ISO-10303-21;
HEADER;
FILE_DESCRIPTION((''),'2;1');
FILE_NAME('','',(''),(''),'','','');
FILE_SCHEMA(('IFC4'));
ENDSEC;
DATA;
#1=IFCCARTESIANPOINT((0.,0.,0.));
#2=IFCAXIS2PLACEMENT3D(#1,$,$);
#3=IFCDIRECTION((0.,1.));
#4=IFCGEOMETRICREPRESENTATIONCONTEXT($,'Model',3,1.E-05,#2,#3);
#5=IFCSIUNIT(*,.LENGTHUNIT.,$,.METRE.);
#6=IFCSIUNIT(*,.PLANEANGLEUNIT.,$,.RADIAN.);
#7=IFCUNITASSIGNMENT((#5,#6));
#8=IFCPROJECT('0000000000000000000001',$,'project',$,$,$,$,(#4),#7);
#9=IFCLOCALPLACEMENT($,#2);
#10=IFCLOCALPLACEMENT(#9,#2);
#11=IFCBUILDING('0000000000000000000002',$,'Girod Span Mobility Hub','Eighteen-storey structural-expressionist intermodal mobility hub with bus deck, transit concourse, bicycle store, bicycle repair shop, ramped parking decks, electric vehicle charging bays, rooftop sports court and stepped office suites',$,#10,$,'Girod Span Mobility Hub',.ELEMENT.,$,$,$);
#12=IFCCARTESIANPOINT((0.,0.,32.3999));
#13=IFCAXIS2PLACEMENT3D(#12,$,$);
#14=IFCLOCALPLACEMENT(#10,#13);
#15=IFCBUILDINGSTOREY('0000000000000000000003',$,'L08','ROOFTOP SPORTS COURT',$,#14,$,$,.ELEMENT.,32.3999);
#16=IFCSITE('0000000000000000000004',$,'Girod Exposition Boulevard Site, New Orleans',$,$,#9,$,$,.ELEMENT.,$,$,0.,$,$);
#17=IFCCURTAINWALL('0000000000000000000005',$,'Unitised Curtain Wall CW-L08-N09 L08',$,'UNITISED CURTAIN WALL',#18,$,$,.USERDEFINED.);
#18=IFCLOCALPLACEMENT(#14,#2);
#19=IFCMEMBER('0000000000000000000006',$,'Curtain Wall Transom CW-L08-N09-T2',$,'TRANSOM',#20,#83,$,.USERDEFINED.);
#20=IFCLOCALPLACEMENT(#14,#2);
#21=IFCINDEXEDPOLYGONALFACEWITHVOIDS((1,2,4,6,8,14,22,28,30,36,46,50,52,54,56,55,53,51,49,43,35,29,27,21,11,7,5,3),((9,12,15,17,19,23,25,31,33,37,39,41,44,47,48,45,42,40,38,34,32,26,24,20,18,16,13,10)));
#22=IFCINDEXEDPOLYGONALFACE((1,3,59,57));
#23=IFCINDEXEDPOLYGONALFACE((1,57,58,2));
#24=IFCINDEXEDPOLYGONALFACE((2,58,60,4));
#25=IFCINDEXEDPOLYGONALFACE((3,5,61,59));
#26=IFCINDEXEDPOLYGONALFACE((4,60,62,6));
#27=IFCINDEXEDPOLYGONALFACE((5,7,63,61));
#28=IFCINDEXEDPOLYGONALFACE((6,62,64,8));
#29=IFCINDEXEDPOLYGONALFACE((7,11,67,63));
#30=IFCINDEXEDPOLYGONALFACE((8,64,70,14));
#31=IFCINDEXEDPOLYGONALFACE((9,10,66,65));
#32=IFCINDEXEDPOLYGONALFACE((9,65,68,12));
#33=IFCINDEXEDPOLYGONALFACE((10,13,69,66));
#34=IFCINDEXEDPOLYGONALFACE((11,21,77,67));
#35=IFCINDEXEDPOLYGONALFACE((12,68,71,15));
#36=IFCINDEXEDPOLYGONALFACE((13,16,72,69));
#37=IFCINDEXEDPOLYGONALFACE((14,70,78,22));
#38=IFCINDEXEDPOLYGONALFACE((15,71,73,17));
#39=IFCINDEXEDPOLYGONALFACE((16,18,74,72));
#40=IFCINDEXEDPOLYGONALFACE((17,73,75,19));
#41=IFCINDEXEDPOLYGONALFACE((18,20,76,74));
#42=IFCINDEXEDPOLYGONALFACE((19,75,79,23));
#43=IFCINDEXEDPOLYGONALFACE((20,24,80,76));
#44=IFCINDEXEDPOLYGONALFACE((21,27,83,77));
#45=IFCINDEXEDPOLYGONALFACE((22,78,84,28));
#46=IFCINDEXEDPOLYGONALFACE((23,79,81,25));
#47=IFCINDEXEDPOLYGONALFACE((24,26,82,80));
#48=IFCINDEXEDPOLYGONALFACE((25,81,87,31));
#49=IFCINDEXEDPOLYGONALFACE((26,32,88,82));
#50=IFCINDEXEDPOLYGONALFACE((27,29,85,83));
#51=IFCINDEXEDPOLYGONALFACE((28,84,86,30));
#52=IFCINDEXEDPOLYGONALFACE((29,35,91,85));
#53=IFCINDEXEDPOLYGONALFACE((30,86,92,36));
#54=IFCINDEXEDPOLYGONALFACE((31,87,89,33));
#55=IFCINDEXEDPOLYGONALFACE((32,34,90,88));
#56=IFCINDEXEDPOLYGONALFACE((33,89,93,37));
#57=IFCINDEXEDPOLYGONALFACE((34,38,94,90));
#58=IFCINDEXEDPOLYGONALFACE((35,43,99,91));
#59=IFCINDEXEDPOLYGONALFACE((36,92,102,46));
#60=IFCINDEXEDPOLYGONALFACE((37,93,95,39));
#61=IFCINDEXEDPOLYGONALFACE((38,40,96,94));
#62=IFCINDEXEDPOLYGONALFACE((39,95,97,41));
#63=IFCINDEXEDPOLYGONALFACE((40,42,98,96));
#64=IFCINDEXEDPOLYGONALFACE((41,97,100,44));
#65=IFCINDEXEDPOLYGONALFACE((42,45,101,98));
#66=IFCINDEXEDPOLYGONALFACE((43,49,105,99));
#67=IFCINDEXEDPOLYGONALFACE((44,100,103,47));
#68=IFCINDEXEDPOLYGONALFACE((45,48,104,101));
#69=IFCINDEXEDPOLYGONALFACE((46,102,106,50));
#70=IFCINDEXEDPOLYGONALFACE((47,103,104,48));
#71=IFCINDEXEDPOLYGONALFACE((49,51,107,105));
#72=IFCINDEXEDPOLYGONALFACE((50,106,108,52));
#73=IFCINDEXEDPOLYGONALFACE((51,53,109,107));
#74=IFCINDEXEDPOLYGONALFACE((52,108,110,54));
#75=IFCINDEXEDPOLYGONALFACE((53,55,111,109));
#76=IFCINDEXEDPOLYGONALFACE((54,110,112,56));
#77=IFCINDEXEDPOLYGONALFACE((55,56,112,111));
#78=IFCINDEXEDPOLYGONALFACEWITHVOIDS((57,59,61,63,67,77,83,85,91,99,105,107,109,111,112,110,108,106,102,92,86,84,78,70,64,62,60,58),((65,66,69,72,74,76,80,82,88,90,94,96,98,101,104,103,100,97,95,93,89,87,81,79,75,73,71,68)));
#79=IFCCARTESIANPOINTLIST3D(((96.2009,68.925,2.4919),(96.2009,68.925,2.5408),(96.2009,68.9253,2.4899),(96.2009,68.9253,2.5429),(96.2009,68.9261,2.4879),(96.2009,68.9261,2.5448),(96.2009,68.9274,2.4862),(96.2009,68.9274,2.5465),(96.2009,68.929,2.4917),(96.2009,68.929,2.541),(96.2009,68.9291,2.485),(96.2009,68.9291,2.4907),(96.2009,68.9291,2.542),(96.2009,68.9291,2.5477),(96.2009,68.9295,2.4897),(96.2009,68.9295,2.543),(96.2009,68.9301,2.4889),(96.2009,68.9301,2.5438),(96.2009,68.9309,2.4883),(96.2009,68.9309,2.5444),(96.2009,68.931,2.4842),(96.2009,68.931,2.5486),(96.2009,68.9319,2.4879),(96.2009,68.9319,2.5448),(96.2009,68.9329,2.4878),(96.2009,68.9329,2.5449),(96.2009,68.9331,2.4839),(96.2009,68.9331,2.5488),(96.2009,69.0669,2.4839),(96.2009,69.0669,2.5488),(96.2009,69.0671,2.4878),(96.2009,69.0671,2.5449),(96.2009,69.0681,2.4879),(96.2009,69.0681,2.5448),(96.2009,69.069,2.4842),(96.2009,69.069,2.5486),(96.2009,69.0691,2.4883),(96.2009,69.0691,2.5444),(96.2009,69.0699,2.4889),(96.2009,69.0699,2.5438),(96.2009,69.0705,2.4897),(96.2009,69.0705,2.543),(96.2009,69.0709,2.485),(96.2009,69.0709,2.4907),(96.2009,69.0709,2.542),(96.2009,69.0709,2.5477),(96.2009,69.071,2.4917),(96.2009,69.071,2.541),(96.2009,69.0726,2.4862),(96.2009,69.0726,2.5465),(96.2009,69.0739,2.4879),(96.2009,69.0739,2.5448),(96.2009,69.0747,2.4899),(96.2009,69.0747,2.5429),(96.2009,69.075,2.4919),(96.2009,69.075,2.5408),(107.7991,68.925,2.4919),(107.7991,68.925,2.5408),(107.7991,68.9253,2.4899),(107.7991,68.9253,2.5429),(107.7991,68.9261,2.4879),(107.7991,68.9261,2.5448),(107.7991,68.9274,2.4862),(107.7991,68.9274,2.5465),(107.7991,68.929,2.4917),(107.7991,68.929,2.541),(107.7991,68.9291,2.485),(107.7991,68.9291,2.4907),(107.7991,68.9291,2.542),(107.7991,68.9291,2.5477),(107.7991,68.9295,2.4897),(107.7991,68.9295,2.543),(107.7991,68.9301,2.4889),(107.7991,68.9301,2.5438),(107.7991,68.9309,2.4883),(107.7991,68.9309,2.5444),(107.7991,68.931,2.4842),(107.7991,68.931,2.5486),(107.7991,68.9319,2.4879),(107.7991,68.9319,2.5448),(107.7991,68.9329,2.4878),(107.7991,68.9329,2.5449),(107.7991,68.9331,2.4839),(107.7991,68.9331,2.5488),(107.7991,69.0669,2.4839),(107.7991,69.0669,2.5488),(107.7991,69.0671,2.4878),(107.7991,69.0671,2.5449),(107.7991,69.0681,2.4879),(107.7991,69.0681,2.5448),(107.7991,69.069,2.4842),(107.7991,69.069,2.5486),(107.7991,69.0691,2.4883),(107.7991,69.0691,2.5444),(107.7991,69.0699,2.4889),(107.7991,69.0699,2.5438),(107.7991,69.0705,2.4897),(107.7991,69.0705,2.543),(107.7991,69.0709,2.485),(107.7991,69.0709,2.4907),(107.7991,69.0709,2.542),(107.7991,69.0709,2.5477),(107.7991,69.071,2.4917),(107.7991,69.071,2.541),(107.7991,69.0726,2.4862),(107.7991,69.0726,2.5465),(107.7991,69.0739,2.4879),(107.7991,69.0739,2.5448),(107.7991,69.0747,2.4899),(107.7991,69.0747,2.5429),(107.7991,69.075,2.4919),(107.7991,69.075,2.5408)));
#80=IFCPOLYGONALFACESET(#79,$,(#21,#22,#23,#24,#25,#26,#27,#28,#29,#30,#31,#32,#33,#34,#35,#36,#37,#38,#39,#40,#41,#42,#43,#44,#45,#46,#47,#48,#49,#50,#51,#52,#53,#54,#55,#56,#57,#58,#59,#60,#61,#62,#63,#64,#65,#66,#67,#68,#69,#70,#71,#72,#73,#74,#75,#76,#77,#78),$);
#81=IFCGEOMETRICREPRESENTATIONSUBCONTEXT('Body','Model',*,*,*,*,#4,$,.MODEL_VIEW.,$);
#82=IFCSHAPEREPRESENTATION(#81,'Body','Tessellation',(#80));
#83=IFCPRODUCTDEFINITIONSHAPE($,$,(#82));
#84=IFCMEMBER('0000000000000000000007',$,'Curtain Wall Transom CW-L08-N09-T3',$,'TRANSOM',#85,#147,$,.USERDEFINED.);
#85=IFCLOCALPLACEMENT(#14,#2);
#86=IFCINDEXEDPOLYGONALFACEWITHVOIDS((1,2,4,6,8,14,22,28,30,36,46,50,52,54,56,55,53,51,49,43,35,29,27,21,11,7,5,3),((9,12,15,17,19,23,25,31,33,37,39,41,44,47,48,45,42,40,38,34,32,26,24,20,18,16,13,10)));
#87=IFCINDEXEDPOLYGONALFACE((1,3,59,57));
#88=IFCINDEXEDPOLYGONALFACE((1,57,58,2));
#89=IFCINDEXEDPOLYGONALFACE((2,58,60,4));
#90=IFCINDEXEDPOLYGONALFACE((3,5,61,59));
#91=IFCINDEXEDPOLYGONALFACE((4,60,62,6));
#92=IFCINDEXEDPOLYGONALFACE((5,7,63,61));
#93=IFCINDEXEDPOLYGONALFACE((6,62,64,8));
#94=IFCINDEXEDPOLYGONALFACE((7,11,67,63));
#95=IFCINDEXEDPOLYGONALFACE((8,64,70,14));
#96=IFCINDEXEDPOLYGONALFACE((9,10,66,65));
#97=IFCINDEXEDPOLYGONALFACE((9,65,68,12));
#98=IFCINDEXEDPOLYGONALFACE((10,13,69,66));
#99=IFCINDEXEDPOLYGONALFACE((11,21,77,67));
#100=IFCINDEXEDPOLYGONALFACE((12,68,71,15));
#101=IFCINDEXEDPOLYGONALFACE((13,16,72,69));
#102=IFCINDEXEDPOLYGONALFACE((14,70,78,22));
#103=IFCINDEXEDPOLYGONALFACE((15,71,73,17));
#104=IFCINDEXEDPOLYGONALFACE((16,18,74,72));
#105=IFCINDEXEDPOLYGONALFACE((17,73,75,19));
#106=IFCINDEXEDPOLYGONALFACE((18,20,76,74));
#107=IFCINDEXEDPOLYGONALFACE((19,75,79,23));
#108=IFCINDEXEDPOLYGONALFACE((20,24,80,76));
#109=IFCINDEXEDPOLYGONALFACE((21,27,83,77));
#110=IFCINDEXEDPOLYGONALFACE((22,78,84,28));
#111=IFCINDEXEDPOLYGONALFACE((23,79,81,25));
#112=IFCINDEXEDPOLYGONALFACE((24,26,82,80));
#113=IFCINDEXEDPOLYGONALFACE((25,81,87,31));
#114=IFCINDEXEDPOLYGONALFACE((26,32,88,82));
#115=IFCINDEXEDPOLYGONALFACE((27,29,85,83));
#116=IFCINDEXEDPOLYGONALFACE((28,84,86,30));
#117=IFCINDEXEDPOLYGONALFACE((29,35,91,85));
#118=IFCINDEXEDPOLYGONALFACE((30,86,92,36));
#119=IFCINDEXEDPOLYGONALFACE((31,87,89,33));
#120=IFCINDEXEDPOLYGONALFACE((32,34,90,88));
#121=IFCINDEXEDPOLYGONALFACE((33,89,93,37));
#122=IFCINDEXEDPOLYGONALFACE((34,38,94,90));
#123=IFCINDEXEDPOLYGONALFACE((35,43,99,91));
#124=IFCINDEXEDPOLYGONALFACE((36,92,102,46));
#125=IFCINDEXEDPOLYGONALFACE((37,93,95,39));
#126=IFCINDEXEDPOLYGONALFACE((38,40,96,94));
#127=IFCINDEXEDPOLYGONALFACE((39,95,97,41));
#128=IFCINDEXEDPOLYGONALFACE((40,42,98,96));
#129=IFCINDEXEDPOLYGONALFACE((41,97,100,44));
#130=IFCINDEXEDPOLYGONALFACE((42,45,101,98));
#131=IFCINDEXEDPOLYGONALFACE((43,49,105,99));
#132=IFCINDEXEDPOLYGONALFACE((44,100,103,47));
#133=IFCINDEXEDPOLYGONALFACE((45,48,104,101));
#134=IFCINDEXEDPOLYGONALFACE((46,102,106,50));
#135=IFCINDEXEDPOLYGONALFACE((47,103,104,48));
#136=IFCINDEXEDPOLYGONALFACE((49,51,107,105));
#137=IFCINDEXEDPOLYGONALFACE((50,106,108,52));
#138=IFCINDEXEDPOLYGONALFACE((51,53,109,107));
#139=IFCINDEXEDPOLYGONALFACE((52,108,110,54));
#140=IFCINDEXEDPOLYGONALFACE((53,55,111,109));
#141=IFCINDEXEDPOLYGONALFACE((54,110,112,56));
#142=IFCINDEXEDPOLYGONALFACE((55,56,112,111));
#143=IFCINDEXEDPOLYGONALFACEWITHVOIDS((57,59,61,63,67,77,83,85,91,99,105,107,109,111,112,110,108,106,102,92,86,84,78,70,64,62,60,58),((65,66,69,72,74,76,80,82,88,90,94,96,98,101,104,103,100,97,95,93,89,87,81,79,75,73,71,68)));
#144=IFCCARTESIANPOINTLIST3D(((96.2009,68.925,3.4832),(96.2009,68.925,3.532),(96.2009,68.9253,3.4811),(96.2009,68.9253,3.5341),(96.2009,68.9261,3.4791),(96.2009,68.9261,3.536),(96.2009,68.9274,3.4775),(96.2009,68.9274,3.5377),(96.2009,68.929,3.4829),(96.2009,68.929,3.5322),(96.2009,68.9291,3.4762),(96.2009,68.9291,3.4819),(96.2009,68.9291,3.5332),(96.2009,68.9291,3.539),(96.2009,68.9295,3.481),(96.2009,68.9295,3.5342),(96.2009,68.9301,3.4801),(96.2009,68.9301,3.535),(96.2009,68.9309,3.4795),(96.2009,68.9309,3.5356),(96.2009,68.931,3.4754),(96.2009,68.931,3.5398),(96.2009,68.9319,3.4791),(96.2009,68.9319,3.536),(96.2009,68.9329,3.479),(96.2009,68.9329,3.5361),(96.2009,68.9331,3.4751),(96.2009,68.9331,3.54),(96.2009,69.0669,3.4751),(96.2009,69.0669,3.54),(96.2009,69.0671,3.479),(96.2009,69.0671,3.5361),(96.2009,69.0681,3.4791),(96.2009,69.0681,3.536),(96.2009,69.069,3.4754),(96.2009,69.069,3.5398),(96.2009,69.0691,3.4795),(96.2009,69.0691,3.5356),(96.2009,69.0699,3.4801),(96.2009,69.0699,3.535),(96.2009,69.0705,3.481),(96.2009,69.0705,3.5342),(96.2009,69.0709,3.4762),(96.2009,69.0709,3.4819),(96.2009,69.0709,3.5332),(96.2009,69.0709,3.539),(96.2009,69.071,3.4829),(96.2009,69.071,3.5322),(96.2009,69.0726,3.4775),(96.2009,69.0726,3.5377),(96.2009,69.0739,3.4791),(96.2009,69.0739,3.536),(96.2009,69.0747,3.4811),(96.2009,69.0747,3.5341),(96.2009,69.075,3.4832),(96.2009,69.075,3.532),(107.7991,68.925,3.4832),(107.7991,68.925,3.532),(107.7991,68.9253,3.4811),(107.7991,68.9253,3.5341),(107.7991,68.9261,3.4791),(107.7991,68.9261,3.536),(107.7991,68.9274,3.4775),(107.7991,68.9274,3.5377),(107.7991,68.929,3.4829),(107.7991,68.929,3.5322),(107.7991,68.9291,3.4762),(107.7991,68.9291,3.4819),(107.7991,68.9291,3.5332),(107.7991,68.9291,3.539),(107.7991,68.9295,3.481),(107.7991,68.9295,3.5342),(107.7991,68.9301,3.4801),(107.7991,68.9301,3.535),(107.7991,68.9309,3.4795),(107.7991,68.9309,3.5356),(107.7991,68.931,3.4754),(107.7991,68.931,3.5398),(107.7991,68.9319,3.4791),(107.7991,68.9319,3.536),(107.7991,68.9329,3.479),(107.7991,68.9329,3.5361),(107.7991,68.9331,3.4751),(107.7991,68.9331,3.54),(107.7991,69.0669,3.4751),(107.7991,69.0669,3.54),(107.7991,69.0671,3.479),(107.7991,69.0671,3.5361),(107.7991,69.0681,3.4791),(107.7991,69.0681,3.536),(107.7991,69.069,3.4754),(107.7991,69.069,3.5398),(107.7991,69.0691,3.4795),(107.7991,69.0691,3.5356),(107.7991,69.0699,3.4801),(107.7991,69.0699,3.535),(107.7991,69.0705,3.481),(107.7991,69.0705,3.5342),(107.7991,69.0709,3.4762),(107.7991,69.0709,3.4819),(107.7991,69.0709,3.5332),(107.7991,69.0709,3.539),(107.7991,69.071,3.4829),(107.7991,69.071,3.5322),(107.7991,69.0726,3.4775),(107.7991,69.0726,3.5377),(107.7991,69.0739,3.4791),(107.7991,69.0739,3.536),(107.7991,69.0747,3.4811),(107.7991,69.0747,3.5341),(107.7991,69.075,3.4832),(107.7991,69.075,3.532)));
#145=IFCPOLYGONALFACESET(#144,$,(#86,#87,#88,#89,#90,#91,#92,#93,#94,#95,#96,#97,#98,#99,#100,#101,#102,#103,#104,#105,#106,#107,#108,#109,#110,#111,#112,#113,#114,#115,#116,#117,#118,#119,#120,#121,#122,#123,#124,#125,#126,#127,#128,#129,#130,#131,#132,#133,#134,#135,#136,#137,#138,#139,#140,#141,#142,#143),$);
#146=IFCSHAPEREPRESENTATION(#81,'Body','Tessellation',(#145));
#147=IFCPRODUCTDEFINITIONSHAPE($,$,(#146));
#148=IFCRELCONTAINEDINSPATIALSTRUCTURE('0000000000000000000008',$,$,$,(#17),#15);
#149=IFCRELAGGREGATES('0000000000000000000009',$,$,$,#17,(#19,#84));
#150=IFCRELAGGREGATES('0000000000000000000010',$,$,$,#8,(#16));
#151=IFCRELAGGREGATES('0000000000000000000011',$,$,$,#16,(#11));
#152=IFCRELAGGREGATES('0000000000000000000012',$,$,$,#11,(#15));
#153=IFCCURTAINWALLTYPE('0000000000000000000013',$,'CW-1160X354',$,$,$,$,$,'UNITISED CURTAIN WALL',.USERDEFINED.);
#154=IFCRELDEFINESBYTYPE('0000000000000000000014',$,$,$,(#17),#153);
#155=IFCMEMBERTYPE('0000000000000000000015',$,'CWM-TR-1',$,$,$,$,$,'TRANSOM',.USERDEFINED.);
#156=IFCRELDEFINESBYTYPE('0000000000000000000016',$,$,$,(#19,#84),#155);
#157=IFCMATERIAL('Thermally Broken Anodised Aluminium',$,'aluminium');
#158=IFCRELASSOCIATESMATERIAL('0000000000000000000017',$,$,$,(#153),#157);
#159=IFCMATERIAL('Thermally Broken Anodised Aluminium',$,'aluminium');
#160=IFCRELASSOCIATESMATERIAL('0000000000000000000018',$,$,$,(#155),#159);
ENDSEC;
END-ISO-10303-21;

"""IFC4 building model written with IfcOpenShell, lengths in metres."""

from ifc_helpers import new_model, si_unit, direction, frame, origin, origin_2d, place, context, subcontext, project, spatial, hollow_rectangle, extrude, material, material_profile, profile_set, type_object, element, aggregate, save


model = new_model("IFC4")

# Units and contexts
model_context = context("Model", 3, precision=1e-05, world=origin(), true_north=direction((0.0, 1.0)))
body_context = subcontext(model_context, "Body", "Model", "MODEL_VIEW")
ifc_project = project(units=[si_unit("LENGTHUNIT", "METRE"), si_unit("PLANEANGLEUNIT", "RADIAN")], contexts=[model_context])

# Site, building, storey
site_placement = place(None, origin())
site = spatial("IfcSite", under=ifc_project, at=site_placement, Name="Girod Exposition Boulevard Site, New Orleans", CompositionType="ELEMENT", RefElevation=0.0)
building_placement = place(site_placement, origin())
building = spatial("IfcBuilding", under=site, at=building_placement, Name="Girod Span Mobility Hub", Description="Eighteen-storey structural-expressionist intermodal mobility hub with bus deck, transit concourse, bicycle store, bicycle repair shop, ramped parking decks, electric vehicle charging bays, rooftop sports court and stepped office suites", LongName="Girod Span Mobility Hub", CompositionType="ELEMENT")
storey_placement = place(building_placement, frame((0.0, 0.0, 32.3999)))
storey = spatial("IfcBuildingStorey", under=building, at=storey_placement, Name="L08", Description="ROOFTOP SPORTS COURT", CompositionType="ELEMENT", Elevation=32.3999)

# Curtain wall, members
ifc_material_1 = material(Name="Thermally Broken Anodised Aluminium", Category="aluminium")
curtain_wall_type = type_object("IfcCurtainWallType", Name="CW-1160X354", ElementType="UNITISED CURTAIN WALL", PredefinedType="USERDEFINED", material=ifc_material_1)
curtain_wall_placement = place(storey_placement, origin())
curtain_wall = element("IfcCurtainWall", 1, at=curtain_wall_placement, inside=storey, type_object=curtain_wall_type, Name="Unitised Curtain Wall CW-L08-N09 L08", ObjectType="UNITISED CURTAIN WALL", PredefinedType="USERDEFINED")
ifc_material_2 = material(Name="Thermally Broken Anodised Aluminium", Category="aluminium")
ifc_material_profile_1 = material_profile(ifc_material_2, hollow_rectangle(XDim=0.1499, YDim=0.0649, WallThickness=0.0039, InnerFilletRadius=0.0039, OuterFilletRadius=0.0081, at=origin_2d()), Name="CW-TR-65X150")
ifc_profile_set_1 = profile_set([ifc_material_profile_1], Name="Thermally Broken Anodised Aluminium")
member_type_1 = type_object("IfcMemberType", Name="CWM-TR-1", ElementType="TRANSOM", PredefinedType="USERDEFINED", material=ifc_profile_set_1)
member_1_placement = place(storey_placement, frame((96.2009, 69.0, 2.5164), z_axis=(1.0, 0.0, 0.0), x_axis=(0.0, 1.0, 0.0)))
member_1 = element("IfcMember", 2, at=member_1_placement, type_object=member_type_1, Name="Curtain Wall Transom CW-L08-N09-T2", ObjectType="TRANSOM", PredefinedType="USERDEFINED", context=body_context, shape_type="SweptSolid", body=[
    extrude(hollow_rectangle(XDim=0.1499, YDim=0.0649, WallThickness=0.0039, InnerFilletRadius=0.0039, OuterFilletRadius=0.0081, at=origin_2d()), origin(), (0.0, 0.0, 1.0), 11.5981),
])
member_2_placement = place(storey_placement, frame((96.2009, 69.0, 3.5076), z_axis=(1.0, 0.0, 0.0), x_axis=(0.0, 1.0, 0.0)))
member_2 = element("IfcMember", 3, at=member_2_placement, type_object=member_type_1, Name="Curtain Wall Transom CW-L08-N09-T3", ObjectType="TRANSOM", PredefinedType="USERDEFINED", context=body_context, shape_type="SweptSolid", body=[
    extrude(hollow_rectangle(XDim=0.1499, YDim=0.0649, WallThickness=0.0039, InnerFilletRadius=0.0039, OuterFilletRadius=0.0081, at=origin_2d()), origin(), (0.0, 0.0, 1.0), 11.5981),
])

aggregate(curtain_wall, [member_1, member_2])

save(model, "model.ifc")
